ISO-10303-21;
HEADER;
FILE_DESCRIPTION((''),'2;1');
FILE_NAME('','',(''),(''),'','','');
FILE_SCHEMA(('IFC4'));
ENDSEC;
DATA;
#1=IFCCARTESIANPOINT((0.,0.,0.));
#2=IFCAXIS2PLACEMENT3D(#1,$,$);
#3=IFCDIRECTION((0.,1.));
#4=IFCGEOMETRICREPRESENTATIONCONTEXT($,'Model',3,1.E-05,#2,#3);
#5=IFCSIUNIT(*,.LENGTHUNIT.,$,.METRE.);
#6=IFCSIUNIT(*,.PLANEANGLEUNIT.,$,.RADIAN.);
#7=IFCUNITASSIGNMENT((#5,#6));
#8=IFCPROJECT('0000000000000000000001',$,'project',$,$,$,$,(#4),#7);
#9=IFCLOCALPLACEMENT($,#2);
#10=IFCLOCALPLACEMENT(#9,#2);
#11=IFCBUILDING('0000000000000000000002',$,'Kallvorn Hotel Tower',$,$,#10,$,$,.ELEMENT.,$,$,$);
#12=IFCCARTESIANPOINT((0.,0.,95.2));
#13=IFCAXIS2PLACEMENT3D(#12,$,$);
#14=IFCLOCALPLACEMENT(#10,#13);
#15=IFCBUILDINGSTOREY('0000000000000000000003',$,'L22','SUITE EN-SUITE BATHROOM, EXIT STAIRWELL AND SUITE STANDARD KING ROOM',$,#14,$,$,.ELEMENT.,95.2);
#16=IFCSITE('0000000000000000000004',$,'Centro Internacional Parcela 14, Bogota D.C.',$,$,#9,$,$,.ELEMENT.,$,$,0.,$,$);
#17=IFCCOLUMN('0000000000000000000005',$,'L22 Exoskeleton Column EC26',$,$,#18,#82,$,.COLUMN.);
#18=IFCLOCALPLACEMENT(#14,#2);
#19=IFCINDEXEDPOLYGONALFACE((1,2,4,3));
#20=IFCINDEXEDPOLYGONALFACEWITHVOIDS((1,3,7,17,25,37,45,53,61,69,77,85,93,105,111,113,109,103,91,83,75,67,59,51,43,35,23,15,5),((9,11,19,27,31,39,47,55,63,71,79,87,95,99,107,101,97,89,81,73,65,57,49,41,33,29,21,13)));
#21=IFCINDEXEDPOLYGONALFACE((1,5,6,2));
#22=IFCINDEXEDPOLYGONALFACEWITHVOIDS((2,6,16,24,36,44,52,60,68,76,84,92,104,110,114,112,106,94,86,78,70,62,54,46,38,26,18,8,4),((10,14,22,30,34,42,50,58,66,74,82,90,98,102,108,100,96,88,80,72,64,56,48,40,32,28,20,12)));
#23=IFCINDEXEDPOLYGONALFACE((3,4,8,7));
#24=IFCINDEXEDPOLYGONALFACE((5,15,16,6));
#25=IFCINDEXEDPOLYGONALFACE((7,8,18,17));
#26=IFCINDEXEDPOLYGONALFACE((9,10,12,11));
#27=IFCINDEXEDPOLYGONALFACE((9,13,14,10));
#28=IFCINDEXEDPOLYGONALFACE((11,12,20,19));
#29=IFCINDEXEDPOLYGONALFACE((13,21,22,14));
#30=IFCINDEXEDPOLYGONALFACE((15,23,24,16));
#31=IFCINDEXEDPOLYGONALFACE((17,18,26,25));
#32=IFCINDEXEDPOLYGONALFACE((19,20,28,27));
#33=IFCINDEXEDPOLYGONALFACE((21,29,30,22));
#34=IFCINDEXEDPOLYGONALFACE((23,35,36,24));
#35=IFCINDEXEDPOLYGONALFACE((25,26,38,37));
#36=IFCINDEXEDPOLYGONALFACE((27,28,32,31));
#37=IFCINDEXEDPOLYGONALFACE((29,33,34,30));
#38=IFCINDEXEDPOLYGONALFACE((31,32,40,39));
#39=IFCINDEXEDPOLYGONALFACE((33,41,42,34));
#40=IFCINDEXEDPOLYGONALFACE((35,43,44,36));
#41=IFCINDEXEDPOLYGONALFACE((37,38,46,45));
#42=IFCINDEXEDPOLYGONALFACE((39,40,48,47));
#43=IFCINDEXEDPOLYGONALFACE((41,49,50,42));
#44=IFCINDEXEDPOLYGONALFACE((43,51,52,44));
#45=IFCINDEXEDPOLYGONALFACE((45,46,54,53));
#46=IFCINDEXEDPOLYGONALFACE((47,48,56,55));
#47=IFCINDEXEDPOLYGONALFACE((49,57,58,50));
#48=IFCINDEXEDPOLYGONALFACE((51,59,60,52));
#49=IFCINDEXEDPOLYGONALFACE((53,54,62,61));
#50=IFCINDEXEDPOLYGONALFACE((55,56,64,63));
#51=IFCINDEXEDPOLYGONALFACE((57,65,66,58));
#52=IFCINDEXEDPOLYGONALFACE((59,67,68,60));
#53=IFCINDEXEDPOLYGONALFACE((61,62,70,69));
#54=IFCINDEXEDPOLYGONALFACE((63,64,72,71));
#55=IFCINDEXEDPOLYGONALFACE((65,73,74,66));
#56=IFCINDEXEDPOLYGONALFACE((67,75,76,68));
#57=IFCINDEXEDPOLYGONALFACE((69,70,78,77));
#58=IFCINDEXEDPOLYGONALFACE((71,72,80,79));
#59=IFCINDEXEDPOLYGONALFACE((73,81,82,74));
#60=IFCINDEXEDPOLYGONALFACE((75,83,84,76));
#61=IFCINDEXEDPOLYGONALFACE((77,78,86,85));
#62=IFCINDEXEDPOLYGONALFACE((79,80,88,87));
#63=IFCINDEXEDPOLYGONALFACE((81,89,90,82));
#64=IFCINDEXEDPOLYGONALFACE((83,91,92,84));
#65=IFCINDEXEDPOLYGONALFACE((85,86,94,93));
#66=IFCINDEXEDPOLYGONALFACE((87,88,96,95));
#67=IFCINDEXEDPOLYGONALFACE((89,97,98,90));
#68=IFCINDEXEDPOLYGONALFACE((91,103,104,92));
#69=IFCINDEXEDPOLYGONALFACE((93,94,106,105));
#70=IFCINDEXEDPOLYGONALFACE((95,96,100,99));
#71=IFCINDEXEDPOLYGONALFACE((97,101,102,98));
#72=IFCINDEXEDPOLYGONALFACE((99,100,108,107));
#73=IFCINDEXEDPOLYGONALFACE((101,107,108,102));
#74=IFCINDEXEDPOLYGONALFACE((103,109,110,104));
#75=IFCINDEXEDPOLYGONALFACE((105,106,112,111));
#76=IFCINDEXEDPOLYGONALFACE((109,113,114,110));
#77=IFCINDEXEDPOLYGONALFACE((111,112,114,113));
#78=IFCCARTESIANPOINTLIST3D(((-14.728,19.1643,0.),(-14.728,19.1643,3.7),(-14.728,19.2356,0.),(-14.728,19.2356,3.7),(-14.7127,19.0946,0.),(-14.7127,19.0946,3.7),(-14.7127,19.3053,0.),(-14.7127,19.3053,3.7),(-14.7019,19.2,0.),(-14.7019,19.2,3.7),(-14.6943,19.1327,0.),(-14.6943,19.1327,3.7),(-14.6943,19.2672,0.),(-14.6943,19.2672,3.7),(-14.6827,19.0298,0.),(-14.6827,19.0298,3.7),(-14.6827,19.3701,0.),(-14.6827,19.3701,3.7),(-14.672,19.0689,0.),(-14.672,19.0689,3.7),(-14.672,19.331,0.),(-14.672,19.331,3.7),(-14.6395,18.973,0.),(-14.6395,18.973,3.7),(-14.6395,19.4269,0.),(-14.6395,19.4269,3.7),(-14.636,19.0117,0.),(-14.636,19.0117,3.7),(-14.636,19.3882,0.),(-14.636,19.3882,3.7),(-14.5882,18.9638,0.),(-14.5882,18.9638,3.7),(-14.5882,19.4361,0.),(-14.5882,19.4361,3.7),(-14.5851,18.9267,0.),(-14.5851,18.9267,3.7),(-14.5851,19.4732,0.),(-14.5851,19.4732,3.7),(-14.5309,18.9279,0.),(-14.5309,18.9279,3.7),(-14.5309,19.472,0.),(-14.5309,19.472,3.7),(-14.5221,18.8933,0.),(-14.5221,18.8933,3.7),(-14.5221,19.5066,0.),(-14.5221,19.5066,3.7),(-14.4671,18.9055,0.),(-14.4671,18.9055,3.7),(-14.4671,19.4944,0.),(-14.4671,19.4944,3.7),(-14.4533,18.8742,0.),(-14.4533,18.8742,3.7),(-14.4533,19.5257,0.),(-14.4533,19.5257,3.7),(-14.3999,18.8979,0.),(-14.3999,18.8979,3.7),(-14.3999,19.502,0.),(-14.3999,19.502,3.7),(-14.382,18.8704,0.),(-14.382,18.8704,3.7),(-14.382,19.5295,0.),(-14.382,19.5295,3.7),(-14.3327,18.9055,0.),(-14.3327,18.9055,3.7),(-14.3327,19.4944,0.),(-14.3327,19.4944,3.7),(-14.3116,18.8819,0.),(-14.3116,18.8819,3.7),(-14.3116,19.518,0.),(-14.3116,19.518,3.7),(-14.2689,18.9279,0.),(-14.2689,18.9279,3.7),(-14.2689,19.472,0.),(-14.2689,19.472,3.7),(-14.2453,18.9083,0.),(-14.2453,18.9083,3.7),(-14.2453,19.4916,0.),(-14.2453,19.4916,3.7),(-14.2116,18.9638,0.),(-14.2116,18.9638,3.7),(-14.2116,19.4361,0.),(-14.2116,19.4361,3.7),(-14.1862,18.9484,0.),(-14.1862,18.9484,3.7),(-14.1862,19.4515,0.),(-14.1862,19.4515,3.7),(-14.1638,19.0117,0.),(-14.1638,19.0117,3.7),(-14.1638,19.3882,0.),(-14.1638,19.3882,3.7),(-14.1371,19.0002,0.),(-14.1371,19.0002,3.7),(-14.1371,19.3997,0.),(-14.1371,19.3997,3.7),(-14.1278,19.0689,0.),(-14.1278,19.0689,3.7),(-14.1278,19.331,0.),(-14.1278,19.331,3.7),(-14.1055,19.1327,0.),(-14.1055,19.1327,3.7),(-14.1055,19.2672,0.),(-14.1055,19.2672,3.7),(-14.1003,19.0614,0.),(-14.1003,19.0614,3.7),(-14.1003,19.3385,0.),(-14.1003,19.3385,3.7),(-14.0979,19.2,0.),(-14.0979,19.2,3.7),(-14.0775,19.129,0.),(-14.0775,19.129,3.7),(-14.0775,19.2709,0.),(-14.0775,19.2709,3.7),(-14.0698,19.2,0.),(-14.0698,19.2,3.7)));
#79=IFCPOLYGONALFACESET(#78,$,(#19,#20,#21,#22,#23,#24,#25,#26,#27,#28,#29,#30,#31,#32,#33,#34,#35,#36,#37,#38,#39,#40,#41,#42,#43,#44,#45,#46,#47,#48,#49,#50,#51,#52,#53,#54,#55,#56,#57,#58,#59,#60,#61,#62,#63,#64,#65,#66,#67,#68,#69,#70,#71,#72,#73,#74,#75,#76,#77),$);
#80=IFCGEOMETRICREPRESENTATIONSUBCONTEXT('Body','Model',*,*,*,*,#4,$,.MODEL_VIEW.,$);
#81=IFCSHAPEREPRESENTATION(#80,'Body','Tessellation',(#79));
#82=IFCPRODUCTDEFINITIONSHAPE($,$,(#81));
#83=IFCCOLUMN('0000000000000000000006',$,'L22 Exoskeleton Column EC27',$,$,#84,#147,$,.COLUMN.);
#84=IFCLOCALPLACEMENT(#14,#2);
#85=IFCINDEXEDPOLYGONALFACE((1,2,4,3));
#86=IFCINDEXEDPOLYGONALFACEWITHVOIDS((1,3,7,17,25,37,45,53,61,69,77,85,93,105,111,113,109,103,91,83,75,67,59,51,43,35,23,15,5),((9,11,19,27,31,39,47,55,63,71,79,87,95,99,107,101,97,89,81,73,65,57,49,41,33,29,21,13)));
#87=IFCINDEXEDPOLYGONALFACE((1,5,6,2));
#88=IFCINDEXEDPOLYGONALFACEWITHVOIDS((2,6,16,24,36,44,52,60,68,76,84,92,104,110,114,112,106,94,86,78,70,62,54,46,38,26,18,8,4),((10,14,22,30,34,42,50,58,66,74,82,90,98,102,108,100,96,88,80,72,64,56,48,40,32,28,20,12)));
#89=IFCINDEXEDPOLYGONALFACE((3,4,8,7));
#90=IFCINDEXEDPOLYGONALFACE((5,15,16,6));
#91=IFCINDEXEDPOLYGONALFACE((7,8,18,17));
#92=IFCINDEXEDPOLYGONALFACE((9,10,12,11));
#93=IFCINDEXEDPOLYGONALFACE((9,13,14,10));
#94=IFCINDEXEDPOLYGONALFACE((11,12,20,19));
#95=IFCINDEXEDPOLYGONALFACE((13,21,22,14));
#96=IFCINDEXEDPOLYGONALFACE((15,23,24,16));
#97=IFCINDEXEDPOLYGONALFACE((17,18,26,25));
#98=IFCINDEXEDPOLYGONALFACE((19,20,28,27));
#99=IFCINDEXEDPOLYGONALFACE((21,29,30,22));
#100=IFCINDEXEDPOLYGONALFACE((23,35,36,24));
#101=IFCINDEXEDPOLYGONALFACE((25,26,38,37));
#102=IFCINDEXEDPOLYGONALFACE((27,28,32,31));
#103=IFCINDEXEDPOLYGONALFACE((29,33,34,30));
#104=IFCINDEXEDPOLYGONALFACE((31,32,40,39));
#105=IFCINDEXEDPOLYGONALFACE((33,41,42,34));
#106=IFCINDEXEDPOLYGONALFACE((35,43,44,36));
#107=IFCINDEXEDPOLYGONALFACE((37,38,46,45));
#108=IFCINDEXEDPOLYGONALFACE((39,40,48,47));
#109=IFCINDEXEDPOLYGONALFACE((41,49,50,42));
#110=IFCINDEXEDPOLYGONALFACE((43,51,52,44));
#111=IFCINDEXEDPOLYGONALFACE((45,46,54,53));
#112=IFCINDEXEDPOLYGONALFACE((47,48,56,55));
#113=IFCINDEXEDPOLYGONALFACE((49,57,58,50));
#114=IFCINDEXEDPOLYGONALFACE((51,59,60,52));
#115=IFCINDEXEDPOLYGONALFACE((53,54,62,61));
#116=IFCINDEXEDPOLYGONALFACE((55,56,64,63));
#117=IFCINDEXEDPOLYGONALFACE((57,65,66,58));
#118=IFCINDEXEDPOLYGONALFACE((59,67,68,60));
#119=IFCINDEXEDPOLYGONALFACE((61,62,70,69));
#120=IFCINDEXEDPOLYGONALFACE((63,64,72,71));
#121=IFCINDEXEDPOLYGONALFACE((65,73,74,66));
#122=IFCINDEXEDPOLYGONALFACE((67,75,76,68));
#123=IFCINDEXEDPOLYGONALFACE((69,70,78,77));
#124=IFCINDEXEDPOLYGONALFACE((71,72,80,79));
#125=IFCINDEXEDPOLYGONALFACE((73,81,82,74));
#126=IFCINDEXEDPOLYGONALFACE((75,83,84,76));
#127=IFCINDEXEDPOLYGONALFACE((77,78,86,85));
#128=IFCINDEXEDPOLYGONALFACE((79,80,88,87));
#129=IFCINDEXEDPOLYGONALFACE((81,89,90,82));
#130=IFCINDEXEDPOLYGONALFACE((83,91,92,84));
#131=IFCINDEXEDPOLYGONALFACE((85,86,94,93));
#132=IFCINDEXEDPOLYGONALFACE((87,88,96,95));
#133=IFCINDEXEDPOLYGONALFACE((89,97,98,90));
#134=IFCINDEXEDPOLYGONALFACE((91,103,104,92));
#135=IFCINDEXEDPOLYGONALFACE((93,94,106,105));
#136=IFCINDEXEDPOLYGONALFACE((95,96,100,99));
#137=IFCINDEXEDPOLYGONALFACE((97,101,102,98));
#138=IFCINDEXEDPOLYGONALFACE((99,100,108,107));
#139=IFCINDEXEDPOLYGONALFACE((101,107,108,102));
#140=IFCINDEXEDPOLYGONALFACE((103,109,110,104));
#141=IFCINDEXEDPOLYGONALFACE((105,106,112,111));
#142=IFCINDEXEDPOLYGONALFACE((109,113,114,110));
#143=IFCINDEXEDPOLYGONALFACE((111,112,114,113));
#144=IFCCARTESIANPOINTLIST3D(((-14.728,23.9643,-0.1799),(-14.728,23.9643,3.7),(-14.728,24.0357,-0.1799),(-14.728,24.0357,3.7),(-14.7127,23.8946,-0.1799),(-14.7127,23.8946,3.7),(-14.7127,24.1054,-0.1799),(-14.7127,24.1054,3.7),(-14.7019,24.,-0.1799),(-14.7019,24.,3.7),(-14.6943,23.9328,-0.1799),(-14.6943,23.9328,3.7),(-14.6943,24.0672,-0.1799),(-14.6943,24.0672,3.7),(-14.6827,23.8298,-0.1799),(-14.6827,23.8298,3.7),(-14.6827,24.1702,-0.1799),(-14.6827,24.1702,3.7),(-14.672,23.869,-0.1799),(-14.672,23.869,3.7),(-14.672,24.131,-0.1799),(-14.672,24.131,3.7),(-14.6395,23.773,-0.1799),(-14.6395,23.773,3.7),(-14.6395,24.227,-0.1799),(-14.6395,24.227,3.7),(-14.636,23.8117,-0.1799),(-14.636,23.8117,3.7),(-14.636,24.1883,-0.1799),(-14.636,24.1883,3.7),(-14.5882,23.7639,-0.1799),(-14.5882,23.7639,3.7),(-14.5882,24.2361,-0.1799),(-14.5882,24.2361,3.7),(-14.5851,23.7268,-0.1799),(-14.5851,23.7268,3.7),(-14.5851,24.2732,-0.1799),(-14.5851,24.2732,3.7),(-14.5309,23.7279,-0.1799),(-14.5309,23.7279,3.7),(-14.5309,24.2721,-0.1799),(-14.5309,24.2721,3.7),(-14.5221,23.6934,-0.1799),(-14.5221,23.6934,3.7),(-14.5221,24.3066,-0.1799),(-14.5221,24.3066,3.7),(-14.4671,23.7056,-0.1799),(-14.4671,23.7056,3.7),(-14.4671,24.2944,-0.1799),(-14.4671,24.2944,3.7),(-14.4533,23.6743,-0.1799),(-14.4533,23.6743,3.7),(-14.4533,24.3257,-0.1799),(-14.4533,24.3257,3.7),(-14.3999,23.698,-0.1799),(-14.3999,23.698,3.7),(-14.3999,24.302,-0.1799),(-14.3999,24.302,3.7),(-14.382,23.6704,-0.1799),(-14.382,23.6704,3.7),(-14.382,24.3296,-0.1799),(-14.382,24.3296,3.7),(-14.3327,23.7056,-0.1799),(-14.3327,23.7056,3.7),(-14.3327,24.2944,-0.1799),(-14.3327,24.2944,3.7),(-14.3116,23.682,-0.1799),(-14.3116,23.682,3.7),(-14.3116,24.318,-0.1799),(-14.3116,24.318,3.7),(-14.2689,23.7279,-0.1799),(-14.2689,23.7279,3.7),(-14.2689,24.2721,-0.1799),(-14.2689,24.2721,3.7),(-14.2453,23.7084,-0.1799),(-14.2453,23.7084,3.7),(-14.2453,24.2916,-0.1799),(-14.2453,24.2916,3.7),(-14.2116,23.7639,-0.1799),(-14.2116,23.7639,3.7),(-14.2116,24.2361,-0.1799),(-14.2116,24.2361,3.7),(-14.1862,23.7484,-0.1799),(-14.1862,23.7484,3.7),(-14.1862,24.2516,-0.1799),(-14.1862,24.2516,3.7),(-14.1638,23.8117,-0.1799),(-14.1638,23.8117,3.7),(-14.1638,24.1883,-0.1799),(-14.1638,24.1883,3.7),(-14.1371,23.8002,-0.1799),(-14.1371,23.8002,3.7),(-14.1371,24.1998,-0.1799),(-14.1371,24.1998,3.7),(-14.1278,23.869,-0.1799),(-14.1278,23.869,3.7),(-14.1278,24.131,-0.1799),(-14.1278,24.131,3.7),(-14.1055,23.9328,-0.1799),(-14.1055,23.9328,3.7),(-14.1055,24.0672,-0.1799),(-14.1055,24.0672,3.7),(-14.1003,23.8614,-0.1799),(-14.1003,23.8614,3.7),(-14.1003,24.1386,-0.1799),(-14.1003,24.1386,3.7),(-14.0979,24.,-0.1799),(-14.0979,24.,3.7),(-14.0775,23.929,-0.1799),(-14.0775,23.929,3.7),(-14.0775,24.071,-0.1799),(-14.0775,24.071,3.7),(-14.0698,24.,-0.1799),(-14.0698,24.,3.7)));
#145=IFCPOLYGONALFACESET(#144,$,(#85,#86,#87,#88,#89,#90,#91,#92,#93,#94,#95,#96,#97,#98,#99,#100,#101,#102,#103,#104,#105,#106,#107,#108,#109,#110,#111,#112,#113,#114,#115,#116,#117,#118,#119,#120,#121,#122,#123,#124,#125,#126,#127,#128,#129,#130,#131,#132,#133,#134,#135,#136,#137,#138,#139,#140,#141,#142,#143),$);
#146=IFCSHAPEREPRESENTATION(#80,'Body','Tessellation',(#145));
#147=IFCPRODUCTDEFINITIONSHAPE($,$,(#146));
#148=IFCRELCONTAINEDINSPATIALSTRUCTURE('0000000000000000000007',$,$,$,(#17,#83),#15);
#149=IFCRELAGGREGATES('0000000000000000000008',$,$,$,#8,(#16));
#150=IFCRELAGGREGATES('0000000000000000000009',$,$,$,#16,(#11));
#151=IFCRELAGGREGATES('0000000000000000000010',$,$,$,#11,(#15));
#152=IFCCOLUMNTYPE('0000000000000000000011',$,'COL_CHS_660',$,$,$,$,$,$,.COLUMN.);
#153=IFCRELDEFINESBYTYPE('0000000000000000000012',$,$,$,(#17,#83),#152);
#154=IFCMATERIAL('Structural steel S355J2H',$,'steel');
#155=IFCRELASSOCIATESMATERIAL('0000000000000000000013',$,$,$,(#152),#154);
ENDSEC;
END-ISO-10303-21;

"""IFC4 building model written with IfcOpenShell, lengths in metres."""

from ifc_helpers import new_model, si_unit, direction, frame, origin, origin_2d, place, context, subcontext, project, spatial, hollow_circle, extrude, material, material_profile, profile_set, type_object, element, save


model = new_model("IFC4")

# Units and contexts
model_context = context("Model", 3, precision=1e-05, world=origin(), true_north=direction((0.0, 1.0)))
body_context = subcontext(model_context, "Body", "Model", "MODEL_VIEW")
ifc_project = project(units=[si_unit("LENGTHUNIT", "METRE"), si_unit("PLANEANGLEUNIT", "RADIAN")], contexts=[model_context])

# Site, building, storey
site_placement = place(None, origin())
site = spatial("IfcSite", under=ifc_project, at=site_placement, Name="Centro Internacional Parcela 14, Bogota D.C.", CompositionType="ELEMENT", RefElevation=0.0)
building_placement = place(site_placement, origin())
building = spatial("IfcBuilding", under=site, at=building_placement, Name="Kallvorn Hotel Tower", CompositionType="ELEMENT")
storey_placement = place(building_placement, frame((0.0, 0.0, 95.2)))
storey = spatial("IfcBuildingStorey", under=building, at=storey_placement, Name="L22", Description="SUITE EN-SUITE BATHROOM, EXIT STAIRWELL AND SUITE STANDARD KING ROOM", CompositionType="ELEMENT", Elevation=95.2)

# Columns
ifc_material_1 = material(Name="Structural steel S355J2H", Category="steel")
ifc_material_profile_1 = material_profile(ifc_material_1, hollow_circle(Radius=0.3301, WallThickness=0.0281, at=origin_2d()), Name="CHS 660x28")
ifc_profile_set_1 = profile_set([ifc_material_profile_1], Name="Structural steel S355J2H")
column_type_1 = type_object("IfcColumnType", Name="COL_CHS_660", PredefinedType="COLUMN", material=ifc_profile_set_1)
column_1_placement = place(storey_placement, frame((-14.3999, 19.2, 0.0), z_axis=(0.0, 0.0, 1.0), x_axis=(1.0, 0.0, 0.0)))
element("IfcColumn", 1, at=column_1_placement, inside=storey, type_object=column_type_1, Name="L22 Exoskeleton Column EC26", PredefinedType="COLUMN", context=body_context, shape_type="SweptSolid", body=[
    extrude(hollow_circle(Radius=0.3301, WallThickness=0.0281, at=origin_2d()), origin(), (0.0, 0.0, 1.0), 3.7),
])
column_2_placement = place(storey_placement, frame((-14.3999, 24.0, -0.1799), z_axis=(0.0, 0.0, 1.0), x_axis=(1.0, 0.0, 0.0)))
element("IfcColumn", 2, at=column_2_placement, inside=storey, type_object=column_type_1, Name="L22 Exoskeleton Column EC27", PredefinedType="COLUMN", context=body_context, shape_type="SweptSolid", body=[
    extrude(hollow_circle(Radius=0.3301, WallThickness=0.0281, at=origin_2d()), origin(), (0.0, 0.0, 1.0), 3.8799),
])

save(model, "model.ifc")
